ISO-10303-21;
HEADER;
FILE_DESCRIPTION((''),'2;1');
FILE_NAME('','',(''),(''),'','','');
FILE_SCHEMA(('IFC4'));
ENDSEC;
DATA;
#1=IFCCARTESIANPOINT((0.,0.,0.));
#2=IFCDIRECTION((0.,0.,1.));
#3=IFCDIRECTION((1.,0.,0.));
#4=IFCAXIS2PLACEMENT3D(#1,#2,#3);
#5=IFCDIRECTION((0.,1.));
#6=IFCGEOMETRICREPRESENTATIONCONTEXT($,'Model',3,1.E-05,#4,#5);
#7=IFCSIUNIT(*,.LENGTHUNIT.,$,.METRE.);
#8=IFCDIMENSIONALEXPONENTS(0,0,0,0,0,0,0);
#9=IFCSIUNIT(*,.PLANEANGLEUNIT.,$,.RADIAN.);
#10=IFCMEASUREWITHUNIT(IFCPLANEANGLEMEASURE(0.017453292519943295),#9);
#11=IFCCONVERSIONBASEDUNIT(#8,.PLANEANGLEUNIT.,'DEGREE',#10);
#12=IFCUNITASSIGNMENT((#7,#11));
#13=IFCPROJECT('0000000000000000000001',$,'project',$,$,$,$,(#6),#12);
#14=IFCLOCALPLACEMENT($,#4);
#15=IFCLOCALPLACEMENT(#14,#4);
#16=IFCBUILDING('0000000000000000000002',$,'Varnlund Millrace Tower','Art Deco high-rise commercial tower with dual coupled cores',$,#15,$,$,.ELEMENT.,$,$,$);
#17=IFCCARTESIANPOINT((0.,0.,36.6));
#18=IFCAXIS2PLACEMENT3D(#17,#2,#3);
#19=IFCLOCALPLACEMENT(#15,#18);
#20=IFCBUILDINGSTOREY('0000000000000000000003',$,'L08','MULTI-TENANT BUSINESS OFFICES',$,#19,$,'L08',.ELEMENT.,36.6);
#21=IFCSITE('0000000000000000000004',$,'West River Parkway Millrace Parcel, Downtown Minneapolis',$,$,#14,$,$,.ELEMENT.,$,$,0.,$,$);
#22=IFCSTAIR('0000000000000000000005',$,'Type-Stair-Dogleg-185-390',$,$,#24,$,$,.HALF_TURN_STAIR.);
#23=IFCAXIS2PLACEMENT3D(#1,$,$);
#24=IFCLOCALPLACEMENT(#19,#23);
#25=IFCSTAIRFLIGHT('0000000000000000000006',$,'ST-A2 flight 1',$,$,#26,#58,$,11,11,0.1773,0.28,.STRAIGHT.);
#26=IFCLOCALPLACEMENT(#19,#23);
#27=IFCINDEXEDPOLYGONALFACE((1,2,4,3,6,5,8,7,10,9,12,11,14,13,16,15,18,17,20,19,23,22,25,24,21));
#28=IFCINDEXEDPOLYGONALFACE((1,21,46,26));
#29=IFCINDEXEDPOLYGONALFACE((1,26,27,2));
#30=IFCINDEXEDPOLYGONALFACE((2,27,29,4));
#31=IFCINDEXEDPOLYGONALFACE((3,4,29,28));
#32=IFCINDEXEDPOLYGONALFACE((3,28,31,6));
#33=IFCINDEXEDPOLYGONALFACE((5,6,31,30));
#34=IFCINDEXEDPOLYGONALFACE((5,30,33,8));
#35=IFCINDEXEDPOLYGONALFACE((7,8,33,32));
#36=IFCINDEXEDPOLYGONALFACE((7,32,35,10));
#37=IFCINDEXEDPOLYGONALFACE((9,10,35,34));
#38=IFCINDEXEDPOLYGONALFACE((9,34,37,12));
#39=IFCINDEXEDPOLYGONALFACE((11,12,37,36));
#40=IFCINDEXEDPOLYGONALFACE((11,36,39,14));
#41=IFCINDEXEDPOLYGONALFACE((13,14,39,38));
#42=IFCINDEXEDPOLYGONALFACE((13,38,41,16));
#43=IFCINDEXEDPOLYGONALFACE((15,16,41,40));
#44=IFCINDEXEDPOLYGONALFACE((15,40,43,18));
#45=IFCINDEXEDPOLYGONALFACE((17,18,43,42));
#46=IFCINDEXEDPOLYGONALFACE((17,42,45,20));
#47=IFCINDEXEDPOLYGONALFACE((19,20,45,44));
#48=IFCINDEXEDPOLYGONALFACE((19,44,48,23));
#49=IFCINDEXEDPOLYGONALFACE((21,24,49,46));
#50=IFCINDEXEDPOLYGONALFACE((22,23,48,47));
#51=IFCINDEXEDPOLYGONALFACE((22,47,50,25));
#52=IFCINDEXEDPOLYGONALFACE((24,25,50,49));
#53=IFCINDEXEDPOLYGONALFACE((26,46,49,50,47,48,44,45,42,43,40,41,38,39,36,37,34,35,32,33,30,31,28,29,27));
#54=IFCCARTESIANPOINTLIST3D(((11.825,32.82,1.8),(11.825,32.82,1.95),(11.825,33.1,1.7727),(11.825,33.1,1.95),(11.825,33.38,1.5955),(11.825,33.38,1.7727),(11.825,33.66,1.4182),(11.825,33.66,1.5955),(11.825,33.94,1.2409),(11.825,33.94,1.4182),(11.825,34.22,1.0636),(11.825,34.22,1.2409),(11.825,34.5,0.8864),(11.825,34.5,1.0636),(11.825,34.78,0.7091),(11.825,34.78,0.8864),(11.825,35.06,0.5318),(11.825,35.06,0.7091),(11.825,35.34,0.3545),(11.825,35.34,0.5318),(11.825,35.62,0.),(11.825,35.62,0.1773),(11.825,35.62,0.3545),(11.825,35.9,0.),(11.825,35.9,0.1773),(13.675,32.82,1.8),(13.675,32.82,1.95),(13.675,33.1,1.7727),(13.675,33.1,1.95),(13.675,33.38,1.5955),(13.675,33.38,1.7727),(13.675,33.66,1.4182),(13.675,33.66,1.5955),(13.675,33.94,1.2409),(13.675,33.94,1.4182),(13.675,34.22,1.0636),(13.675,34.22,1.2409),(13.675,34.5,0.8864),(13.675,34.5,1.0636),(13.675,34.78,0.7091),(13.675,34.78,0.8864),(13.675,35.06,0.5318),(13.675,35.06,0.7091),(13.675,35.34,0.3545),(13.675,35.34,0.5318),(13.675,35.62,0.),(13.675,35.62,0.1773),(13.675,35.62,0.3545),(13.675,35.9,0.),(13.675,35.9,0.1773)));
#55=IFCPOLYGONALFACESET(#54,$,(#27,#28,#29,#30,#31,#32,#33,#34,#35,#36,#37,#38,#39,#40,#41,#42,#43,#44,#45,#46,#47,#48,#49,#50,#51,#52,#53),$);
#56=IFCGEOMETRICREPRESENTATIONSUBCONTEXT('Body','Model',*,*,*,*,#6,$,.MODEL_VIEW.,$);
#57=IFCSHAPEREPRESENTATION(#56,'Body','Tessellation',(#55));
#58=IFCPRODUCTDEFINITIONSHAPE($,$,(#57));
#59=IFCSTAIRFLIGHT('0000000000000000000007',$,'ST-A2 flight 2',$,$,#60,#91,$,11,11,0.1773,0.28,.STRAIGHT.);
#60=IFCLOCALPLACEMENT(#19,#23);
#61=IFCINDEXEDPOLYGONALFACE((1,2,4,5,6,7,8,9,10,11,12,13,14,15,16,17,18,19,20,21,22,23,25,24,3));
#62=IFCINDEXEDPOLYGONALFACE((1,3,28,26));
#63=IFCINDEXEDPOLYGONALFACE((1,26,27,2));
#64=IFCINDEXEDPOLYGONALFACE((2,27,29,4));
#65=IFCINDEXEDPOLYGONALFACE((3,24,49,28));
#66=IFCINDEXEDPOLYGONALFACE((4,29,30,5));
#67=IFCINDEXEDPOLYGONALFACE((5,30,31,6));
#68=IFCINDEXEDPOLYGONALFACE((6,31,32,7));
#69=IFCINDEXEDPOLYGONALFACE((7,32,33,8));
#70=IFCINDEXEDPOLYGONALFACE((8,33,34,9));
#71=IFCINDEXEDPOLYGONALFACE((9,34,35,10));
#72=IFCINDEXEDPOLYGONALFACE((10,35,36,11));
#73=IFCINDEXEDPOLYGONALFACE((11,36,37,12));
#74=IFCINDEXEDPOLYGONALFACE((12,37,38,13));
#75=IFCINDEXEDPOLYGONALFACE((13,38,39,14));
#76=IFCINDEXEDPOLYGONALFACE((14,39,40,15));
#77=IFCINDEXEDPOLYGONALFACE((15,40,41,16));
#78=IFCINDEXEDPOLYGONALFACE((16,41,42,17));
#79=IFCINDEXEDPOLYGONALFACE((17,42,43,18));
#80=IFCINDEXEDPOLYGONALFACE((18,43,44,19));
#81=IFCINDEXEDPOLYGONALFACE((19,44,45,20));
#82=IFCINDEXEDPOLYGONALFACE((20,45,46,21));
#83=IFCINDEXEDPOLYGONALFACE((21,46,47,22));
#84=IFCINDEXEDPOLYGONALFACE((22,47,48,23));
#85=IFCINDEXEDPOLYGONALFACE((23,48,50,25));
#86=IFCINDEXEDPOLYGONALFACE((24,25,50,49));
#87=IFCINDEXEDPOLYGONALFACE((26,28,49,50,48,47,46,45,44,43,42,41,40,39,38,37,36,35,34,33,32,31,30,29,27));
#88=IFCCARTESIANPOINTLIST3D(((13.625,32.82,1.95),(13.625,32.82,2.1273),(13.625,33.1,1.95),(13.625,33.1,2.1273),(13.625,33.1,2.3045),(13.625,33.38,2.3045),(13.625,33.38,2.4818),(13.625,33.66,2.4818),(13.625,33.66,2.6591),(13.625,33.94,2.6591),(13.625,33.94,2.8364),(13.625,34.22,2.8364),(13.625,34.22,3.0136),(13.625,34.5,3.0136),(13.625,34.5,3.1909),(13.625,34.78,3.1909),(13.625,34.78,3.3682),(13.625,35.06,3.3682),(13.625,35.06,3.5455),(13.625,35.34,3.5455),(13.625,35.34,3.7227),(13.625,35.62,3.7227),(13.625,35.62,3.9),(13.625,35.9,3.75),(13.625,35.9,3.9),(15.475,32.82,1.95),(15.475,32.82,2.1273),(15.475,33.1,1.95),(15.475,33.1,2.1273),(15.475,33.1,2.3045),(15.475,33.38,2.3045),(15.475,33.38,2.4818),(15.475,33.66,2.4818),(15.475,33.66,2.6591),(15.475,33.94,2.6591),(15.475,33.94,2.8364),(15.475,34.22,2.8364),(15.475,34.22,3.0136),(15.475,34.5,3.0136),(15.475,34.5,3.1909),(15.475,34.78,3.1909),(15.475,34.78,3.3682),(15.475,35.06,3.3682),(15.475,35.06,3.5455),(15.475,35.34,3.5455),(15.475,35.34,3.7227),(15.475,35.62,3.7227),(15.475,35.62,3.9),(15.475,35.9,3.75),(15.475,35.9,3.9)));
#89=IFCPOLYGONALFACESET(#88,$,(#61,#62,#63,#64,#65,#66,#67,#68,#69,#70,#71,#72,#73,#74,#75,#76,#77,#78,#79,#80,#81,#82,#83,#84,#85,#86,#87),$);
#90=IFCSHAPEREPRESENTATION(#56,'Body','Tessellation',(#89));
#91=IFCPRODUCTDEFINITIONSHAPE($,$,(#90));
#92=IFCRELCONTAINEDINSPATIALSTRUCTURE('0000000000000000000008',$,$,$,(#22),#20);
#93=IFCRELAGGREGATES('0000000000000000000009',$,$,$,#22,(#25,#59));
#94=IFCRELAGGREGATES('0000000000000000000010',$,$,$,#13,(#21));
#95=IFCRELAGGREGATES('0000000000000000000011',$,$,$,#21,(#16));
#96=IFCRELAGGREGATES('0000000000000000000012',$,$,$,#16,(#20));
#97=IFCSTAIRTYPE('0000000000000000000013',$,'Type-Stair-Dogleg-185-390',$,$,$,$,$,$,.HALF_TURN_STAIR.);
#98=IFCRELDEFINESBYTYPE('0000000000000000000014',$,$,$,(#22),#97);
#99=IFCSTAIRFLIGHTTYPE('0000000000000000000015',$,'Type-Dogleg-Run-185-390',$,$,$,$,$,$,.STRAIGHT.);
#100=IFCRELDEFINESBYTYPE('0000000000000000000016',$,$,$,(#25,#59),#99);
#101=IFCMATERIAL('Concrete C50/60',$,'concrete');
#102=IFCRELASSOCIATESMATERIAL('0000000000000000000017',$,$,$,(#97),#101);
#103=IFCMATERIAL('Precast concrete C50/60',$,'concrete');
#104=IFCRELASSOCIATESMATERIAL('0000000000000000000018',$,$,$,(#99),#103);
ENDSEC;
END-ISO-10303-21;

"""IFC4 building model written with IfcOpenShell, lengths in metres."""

from ifc_helpers import new_model, entity, si_unit, converted_unit, direction, frame, origin_with_axes, place, context, subcontext, project, spatial, polyline, outline, extrude, material, type_object, element, aggregate, save


model = new_model("IFC4")

# Units and contexts
model_context = context("Model", 3, precision=1e-05, world=origin_with_axes(), true_north=direction((0.0, 1.0)))
body_context = subcontext(model_context, "Body", "Model", "MODEL_VIEW")
ifc_project = project(units=[si_unit("LENGTHUNIT", "METRE"), converted_unit("PLANEANGLEUNIT", "DEGREE", entity("IfcPlaneAngleMeasure", 0.017453292519943295), si_unit("PLANEANGLEUNIT", "RADIAN"), dimensions=[0, 0, 0, 0, 0, 0, 0])], contexts=[model_context])

# Site, building, storey
site_placement = place(None, origin_with_axes())
site = spatial("IfcSite", under=ifc_project, at=site_placement, Name="West River Parkway Millrace Parcel, Downtown Minneapolis", CompositionType="ELEMENT", RefElevation=0.0)
building_placement = place(site_placement, origin_with_axes())
building = spatial("IfcBuilding", under=site, at=building_placement, Name="Varnlund Millrace Tower", Description="Art Deco high-rise commercial tower with dual coupled cores", CompositionType="ELEMENT")
storey_placement = place(building_placement, frame((0.0, 0.0, 36.6), z_axis=(0.0, 0.0, 1.0), x_axis=(1.0, 0.0, 0.0)))
storey = spatial("IfcBuildingStorey", under=building, at=storey_placement, Name="L08", Description="MULTI-TENANT BUSINESS OFFICES", LongName="L08", CompositionType="ELEMENT", Elevation=36.6)

# Stair, stair flights
ifc_material_1 = material(Name="Concrete C50/60", Category="concrete")
stair_type = type_object("IfcStairType", Name="Type-Stair-Dogleg-185-390", PredefinedType="HALF_TURN_STAIR", material=ifc_material_1)
stair_placement = place(storey_placement, origin_with_axes())
stair = element("IfcStair", 1, at=stair_placement, inside=storey, type_object=stair_type, Name="Type-Stair-Dogleg-185-390", PredefinedType="HALF_TURN_STAIR")
ifc_material_2 = material(Name="Precast concrete C50/60", Category="concrete")
stair_flight_type = type_object("IfcStairFlightType", Name="Type-Dogleg-Run-185-390", PredefinedType="STRAIGHT", material=ifc_material_2)
stair_flight_1_placement = place(storey_placement, frame((13.675, 35.9, 0.0), z_axis=(-1.0, 0.0, 0.0), x_axis=(0.0, -1.0, 0.0)))
stair_flight_1 = element("IfcStairFlight", 2, at=stair_flight_1_placement, type_object=stair_flight_type, Name="ST-A2 flight 1", NumberOfRisers=11, NumberOfTreads=11, PredefinedType="STRAIGHT", RiserHeight=0.1773, TreadLength=0.28, context=body_context, shape_type="SweptSolid", body=[
    extrude(outline(polyline([(0.0, 0.0), (0.0, 0.1773), (0.28, 0.1773), (0.28, 0.3545), (0.56, 0.3545), (0.56, 0.5318), (0.84, 0.5318), (0.84, 0.7091), (1.12, 0.7091), (1.12, 0.8864), (1.4, 0.8864), (1.4, 1.0636), (1.68, 1.0636), (1.68, 1.2409), (1.96, 1.2409), (1.96, 1.4182), (2.24, 1.4182), (2.24, 1.5955), (2.52, 1.5955), (2.52, 1.7727), (2.8, 1.7727), (2.8, 1.95), (3.08, 1.95), (3.08, 1.8), (0.28, 0.0), (0.0, 0.0)])), origin_with_axes(), (0.0, 0.0, 1.0), 1.85),
])
stair_flight_2_placement = place(storey_placement, frame((13.625, 32.82, 1.95), z_axis=(1.0, 0.0, 0.0), x_axis=(0.0, 1.0, 0.0)))
stair_flight_2 = element("IfcStairFlight", 3, at=stair_flight_2_placement, type_object=stair_flight_type, Name="ST-A2 flight 2", NumberOfRisers=11, NumberOfTreads=11, PredefinedType="STRAIGHT", RiserHeight=0.1773, TreadLength=0.28, context=body_context, shape_type="SweptSolid", body=[
    extrude(outline(polyline([(0.0, 0.0), (0.0, 0.1773), (0.28, 0.1773), (0.28, 0.3545), (0.56, 0.3545), (0.56, 0.5318), (0.84, 0.5318), (0.84, 0.7091), (1.12, 0.7091), (1.12, 0.8864), (1.4, 0.8864), (1.4, 1.0636), (1.68, 1.0636), (1.68, 1.2409), (1.96, 1.2409), (1.96, 1.4182), (2.24, 1.4182), (2.24, 1.5955), (2.52, 1.5955), (2.52, 1.7727), (2.8, 1.7727), (2.8, 1.95), (3.08, 1.95), (3.08, 1.8), (0.28, 0.0), (0.0, 0.0)])), origin_with_axes(), (0.0, 0.0, 1.0), 1.85),
])
aggregate(stair, [stair_flight_1, stair_flight_2])

save(model, "model.ifc")
